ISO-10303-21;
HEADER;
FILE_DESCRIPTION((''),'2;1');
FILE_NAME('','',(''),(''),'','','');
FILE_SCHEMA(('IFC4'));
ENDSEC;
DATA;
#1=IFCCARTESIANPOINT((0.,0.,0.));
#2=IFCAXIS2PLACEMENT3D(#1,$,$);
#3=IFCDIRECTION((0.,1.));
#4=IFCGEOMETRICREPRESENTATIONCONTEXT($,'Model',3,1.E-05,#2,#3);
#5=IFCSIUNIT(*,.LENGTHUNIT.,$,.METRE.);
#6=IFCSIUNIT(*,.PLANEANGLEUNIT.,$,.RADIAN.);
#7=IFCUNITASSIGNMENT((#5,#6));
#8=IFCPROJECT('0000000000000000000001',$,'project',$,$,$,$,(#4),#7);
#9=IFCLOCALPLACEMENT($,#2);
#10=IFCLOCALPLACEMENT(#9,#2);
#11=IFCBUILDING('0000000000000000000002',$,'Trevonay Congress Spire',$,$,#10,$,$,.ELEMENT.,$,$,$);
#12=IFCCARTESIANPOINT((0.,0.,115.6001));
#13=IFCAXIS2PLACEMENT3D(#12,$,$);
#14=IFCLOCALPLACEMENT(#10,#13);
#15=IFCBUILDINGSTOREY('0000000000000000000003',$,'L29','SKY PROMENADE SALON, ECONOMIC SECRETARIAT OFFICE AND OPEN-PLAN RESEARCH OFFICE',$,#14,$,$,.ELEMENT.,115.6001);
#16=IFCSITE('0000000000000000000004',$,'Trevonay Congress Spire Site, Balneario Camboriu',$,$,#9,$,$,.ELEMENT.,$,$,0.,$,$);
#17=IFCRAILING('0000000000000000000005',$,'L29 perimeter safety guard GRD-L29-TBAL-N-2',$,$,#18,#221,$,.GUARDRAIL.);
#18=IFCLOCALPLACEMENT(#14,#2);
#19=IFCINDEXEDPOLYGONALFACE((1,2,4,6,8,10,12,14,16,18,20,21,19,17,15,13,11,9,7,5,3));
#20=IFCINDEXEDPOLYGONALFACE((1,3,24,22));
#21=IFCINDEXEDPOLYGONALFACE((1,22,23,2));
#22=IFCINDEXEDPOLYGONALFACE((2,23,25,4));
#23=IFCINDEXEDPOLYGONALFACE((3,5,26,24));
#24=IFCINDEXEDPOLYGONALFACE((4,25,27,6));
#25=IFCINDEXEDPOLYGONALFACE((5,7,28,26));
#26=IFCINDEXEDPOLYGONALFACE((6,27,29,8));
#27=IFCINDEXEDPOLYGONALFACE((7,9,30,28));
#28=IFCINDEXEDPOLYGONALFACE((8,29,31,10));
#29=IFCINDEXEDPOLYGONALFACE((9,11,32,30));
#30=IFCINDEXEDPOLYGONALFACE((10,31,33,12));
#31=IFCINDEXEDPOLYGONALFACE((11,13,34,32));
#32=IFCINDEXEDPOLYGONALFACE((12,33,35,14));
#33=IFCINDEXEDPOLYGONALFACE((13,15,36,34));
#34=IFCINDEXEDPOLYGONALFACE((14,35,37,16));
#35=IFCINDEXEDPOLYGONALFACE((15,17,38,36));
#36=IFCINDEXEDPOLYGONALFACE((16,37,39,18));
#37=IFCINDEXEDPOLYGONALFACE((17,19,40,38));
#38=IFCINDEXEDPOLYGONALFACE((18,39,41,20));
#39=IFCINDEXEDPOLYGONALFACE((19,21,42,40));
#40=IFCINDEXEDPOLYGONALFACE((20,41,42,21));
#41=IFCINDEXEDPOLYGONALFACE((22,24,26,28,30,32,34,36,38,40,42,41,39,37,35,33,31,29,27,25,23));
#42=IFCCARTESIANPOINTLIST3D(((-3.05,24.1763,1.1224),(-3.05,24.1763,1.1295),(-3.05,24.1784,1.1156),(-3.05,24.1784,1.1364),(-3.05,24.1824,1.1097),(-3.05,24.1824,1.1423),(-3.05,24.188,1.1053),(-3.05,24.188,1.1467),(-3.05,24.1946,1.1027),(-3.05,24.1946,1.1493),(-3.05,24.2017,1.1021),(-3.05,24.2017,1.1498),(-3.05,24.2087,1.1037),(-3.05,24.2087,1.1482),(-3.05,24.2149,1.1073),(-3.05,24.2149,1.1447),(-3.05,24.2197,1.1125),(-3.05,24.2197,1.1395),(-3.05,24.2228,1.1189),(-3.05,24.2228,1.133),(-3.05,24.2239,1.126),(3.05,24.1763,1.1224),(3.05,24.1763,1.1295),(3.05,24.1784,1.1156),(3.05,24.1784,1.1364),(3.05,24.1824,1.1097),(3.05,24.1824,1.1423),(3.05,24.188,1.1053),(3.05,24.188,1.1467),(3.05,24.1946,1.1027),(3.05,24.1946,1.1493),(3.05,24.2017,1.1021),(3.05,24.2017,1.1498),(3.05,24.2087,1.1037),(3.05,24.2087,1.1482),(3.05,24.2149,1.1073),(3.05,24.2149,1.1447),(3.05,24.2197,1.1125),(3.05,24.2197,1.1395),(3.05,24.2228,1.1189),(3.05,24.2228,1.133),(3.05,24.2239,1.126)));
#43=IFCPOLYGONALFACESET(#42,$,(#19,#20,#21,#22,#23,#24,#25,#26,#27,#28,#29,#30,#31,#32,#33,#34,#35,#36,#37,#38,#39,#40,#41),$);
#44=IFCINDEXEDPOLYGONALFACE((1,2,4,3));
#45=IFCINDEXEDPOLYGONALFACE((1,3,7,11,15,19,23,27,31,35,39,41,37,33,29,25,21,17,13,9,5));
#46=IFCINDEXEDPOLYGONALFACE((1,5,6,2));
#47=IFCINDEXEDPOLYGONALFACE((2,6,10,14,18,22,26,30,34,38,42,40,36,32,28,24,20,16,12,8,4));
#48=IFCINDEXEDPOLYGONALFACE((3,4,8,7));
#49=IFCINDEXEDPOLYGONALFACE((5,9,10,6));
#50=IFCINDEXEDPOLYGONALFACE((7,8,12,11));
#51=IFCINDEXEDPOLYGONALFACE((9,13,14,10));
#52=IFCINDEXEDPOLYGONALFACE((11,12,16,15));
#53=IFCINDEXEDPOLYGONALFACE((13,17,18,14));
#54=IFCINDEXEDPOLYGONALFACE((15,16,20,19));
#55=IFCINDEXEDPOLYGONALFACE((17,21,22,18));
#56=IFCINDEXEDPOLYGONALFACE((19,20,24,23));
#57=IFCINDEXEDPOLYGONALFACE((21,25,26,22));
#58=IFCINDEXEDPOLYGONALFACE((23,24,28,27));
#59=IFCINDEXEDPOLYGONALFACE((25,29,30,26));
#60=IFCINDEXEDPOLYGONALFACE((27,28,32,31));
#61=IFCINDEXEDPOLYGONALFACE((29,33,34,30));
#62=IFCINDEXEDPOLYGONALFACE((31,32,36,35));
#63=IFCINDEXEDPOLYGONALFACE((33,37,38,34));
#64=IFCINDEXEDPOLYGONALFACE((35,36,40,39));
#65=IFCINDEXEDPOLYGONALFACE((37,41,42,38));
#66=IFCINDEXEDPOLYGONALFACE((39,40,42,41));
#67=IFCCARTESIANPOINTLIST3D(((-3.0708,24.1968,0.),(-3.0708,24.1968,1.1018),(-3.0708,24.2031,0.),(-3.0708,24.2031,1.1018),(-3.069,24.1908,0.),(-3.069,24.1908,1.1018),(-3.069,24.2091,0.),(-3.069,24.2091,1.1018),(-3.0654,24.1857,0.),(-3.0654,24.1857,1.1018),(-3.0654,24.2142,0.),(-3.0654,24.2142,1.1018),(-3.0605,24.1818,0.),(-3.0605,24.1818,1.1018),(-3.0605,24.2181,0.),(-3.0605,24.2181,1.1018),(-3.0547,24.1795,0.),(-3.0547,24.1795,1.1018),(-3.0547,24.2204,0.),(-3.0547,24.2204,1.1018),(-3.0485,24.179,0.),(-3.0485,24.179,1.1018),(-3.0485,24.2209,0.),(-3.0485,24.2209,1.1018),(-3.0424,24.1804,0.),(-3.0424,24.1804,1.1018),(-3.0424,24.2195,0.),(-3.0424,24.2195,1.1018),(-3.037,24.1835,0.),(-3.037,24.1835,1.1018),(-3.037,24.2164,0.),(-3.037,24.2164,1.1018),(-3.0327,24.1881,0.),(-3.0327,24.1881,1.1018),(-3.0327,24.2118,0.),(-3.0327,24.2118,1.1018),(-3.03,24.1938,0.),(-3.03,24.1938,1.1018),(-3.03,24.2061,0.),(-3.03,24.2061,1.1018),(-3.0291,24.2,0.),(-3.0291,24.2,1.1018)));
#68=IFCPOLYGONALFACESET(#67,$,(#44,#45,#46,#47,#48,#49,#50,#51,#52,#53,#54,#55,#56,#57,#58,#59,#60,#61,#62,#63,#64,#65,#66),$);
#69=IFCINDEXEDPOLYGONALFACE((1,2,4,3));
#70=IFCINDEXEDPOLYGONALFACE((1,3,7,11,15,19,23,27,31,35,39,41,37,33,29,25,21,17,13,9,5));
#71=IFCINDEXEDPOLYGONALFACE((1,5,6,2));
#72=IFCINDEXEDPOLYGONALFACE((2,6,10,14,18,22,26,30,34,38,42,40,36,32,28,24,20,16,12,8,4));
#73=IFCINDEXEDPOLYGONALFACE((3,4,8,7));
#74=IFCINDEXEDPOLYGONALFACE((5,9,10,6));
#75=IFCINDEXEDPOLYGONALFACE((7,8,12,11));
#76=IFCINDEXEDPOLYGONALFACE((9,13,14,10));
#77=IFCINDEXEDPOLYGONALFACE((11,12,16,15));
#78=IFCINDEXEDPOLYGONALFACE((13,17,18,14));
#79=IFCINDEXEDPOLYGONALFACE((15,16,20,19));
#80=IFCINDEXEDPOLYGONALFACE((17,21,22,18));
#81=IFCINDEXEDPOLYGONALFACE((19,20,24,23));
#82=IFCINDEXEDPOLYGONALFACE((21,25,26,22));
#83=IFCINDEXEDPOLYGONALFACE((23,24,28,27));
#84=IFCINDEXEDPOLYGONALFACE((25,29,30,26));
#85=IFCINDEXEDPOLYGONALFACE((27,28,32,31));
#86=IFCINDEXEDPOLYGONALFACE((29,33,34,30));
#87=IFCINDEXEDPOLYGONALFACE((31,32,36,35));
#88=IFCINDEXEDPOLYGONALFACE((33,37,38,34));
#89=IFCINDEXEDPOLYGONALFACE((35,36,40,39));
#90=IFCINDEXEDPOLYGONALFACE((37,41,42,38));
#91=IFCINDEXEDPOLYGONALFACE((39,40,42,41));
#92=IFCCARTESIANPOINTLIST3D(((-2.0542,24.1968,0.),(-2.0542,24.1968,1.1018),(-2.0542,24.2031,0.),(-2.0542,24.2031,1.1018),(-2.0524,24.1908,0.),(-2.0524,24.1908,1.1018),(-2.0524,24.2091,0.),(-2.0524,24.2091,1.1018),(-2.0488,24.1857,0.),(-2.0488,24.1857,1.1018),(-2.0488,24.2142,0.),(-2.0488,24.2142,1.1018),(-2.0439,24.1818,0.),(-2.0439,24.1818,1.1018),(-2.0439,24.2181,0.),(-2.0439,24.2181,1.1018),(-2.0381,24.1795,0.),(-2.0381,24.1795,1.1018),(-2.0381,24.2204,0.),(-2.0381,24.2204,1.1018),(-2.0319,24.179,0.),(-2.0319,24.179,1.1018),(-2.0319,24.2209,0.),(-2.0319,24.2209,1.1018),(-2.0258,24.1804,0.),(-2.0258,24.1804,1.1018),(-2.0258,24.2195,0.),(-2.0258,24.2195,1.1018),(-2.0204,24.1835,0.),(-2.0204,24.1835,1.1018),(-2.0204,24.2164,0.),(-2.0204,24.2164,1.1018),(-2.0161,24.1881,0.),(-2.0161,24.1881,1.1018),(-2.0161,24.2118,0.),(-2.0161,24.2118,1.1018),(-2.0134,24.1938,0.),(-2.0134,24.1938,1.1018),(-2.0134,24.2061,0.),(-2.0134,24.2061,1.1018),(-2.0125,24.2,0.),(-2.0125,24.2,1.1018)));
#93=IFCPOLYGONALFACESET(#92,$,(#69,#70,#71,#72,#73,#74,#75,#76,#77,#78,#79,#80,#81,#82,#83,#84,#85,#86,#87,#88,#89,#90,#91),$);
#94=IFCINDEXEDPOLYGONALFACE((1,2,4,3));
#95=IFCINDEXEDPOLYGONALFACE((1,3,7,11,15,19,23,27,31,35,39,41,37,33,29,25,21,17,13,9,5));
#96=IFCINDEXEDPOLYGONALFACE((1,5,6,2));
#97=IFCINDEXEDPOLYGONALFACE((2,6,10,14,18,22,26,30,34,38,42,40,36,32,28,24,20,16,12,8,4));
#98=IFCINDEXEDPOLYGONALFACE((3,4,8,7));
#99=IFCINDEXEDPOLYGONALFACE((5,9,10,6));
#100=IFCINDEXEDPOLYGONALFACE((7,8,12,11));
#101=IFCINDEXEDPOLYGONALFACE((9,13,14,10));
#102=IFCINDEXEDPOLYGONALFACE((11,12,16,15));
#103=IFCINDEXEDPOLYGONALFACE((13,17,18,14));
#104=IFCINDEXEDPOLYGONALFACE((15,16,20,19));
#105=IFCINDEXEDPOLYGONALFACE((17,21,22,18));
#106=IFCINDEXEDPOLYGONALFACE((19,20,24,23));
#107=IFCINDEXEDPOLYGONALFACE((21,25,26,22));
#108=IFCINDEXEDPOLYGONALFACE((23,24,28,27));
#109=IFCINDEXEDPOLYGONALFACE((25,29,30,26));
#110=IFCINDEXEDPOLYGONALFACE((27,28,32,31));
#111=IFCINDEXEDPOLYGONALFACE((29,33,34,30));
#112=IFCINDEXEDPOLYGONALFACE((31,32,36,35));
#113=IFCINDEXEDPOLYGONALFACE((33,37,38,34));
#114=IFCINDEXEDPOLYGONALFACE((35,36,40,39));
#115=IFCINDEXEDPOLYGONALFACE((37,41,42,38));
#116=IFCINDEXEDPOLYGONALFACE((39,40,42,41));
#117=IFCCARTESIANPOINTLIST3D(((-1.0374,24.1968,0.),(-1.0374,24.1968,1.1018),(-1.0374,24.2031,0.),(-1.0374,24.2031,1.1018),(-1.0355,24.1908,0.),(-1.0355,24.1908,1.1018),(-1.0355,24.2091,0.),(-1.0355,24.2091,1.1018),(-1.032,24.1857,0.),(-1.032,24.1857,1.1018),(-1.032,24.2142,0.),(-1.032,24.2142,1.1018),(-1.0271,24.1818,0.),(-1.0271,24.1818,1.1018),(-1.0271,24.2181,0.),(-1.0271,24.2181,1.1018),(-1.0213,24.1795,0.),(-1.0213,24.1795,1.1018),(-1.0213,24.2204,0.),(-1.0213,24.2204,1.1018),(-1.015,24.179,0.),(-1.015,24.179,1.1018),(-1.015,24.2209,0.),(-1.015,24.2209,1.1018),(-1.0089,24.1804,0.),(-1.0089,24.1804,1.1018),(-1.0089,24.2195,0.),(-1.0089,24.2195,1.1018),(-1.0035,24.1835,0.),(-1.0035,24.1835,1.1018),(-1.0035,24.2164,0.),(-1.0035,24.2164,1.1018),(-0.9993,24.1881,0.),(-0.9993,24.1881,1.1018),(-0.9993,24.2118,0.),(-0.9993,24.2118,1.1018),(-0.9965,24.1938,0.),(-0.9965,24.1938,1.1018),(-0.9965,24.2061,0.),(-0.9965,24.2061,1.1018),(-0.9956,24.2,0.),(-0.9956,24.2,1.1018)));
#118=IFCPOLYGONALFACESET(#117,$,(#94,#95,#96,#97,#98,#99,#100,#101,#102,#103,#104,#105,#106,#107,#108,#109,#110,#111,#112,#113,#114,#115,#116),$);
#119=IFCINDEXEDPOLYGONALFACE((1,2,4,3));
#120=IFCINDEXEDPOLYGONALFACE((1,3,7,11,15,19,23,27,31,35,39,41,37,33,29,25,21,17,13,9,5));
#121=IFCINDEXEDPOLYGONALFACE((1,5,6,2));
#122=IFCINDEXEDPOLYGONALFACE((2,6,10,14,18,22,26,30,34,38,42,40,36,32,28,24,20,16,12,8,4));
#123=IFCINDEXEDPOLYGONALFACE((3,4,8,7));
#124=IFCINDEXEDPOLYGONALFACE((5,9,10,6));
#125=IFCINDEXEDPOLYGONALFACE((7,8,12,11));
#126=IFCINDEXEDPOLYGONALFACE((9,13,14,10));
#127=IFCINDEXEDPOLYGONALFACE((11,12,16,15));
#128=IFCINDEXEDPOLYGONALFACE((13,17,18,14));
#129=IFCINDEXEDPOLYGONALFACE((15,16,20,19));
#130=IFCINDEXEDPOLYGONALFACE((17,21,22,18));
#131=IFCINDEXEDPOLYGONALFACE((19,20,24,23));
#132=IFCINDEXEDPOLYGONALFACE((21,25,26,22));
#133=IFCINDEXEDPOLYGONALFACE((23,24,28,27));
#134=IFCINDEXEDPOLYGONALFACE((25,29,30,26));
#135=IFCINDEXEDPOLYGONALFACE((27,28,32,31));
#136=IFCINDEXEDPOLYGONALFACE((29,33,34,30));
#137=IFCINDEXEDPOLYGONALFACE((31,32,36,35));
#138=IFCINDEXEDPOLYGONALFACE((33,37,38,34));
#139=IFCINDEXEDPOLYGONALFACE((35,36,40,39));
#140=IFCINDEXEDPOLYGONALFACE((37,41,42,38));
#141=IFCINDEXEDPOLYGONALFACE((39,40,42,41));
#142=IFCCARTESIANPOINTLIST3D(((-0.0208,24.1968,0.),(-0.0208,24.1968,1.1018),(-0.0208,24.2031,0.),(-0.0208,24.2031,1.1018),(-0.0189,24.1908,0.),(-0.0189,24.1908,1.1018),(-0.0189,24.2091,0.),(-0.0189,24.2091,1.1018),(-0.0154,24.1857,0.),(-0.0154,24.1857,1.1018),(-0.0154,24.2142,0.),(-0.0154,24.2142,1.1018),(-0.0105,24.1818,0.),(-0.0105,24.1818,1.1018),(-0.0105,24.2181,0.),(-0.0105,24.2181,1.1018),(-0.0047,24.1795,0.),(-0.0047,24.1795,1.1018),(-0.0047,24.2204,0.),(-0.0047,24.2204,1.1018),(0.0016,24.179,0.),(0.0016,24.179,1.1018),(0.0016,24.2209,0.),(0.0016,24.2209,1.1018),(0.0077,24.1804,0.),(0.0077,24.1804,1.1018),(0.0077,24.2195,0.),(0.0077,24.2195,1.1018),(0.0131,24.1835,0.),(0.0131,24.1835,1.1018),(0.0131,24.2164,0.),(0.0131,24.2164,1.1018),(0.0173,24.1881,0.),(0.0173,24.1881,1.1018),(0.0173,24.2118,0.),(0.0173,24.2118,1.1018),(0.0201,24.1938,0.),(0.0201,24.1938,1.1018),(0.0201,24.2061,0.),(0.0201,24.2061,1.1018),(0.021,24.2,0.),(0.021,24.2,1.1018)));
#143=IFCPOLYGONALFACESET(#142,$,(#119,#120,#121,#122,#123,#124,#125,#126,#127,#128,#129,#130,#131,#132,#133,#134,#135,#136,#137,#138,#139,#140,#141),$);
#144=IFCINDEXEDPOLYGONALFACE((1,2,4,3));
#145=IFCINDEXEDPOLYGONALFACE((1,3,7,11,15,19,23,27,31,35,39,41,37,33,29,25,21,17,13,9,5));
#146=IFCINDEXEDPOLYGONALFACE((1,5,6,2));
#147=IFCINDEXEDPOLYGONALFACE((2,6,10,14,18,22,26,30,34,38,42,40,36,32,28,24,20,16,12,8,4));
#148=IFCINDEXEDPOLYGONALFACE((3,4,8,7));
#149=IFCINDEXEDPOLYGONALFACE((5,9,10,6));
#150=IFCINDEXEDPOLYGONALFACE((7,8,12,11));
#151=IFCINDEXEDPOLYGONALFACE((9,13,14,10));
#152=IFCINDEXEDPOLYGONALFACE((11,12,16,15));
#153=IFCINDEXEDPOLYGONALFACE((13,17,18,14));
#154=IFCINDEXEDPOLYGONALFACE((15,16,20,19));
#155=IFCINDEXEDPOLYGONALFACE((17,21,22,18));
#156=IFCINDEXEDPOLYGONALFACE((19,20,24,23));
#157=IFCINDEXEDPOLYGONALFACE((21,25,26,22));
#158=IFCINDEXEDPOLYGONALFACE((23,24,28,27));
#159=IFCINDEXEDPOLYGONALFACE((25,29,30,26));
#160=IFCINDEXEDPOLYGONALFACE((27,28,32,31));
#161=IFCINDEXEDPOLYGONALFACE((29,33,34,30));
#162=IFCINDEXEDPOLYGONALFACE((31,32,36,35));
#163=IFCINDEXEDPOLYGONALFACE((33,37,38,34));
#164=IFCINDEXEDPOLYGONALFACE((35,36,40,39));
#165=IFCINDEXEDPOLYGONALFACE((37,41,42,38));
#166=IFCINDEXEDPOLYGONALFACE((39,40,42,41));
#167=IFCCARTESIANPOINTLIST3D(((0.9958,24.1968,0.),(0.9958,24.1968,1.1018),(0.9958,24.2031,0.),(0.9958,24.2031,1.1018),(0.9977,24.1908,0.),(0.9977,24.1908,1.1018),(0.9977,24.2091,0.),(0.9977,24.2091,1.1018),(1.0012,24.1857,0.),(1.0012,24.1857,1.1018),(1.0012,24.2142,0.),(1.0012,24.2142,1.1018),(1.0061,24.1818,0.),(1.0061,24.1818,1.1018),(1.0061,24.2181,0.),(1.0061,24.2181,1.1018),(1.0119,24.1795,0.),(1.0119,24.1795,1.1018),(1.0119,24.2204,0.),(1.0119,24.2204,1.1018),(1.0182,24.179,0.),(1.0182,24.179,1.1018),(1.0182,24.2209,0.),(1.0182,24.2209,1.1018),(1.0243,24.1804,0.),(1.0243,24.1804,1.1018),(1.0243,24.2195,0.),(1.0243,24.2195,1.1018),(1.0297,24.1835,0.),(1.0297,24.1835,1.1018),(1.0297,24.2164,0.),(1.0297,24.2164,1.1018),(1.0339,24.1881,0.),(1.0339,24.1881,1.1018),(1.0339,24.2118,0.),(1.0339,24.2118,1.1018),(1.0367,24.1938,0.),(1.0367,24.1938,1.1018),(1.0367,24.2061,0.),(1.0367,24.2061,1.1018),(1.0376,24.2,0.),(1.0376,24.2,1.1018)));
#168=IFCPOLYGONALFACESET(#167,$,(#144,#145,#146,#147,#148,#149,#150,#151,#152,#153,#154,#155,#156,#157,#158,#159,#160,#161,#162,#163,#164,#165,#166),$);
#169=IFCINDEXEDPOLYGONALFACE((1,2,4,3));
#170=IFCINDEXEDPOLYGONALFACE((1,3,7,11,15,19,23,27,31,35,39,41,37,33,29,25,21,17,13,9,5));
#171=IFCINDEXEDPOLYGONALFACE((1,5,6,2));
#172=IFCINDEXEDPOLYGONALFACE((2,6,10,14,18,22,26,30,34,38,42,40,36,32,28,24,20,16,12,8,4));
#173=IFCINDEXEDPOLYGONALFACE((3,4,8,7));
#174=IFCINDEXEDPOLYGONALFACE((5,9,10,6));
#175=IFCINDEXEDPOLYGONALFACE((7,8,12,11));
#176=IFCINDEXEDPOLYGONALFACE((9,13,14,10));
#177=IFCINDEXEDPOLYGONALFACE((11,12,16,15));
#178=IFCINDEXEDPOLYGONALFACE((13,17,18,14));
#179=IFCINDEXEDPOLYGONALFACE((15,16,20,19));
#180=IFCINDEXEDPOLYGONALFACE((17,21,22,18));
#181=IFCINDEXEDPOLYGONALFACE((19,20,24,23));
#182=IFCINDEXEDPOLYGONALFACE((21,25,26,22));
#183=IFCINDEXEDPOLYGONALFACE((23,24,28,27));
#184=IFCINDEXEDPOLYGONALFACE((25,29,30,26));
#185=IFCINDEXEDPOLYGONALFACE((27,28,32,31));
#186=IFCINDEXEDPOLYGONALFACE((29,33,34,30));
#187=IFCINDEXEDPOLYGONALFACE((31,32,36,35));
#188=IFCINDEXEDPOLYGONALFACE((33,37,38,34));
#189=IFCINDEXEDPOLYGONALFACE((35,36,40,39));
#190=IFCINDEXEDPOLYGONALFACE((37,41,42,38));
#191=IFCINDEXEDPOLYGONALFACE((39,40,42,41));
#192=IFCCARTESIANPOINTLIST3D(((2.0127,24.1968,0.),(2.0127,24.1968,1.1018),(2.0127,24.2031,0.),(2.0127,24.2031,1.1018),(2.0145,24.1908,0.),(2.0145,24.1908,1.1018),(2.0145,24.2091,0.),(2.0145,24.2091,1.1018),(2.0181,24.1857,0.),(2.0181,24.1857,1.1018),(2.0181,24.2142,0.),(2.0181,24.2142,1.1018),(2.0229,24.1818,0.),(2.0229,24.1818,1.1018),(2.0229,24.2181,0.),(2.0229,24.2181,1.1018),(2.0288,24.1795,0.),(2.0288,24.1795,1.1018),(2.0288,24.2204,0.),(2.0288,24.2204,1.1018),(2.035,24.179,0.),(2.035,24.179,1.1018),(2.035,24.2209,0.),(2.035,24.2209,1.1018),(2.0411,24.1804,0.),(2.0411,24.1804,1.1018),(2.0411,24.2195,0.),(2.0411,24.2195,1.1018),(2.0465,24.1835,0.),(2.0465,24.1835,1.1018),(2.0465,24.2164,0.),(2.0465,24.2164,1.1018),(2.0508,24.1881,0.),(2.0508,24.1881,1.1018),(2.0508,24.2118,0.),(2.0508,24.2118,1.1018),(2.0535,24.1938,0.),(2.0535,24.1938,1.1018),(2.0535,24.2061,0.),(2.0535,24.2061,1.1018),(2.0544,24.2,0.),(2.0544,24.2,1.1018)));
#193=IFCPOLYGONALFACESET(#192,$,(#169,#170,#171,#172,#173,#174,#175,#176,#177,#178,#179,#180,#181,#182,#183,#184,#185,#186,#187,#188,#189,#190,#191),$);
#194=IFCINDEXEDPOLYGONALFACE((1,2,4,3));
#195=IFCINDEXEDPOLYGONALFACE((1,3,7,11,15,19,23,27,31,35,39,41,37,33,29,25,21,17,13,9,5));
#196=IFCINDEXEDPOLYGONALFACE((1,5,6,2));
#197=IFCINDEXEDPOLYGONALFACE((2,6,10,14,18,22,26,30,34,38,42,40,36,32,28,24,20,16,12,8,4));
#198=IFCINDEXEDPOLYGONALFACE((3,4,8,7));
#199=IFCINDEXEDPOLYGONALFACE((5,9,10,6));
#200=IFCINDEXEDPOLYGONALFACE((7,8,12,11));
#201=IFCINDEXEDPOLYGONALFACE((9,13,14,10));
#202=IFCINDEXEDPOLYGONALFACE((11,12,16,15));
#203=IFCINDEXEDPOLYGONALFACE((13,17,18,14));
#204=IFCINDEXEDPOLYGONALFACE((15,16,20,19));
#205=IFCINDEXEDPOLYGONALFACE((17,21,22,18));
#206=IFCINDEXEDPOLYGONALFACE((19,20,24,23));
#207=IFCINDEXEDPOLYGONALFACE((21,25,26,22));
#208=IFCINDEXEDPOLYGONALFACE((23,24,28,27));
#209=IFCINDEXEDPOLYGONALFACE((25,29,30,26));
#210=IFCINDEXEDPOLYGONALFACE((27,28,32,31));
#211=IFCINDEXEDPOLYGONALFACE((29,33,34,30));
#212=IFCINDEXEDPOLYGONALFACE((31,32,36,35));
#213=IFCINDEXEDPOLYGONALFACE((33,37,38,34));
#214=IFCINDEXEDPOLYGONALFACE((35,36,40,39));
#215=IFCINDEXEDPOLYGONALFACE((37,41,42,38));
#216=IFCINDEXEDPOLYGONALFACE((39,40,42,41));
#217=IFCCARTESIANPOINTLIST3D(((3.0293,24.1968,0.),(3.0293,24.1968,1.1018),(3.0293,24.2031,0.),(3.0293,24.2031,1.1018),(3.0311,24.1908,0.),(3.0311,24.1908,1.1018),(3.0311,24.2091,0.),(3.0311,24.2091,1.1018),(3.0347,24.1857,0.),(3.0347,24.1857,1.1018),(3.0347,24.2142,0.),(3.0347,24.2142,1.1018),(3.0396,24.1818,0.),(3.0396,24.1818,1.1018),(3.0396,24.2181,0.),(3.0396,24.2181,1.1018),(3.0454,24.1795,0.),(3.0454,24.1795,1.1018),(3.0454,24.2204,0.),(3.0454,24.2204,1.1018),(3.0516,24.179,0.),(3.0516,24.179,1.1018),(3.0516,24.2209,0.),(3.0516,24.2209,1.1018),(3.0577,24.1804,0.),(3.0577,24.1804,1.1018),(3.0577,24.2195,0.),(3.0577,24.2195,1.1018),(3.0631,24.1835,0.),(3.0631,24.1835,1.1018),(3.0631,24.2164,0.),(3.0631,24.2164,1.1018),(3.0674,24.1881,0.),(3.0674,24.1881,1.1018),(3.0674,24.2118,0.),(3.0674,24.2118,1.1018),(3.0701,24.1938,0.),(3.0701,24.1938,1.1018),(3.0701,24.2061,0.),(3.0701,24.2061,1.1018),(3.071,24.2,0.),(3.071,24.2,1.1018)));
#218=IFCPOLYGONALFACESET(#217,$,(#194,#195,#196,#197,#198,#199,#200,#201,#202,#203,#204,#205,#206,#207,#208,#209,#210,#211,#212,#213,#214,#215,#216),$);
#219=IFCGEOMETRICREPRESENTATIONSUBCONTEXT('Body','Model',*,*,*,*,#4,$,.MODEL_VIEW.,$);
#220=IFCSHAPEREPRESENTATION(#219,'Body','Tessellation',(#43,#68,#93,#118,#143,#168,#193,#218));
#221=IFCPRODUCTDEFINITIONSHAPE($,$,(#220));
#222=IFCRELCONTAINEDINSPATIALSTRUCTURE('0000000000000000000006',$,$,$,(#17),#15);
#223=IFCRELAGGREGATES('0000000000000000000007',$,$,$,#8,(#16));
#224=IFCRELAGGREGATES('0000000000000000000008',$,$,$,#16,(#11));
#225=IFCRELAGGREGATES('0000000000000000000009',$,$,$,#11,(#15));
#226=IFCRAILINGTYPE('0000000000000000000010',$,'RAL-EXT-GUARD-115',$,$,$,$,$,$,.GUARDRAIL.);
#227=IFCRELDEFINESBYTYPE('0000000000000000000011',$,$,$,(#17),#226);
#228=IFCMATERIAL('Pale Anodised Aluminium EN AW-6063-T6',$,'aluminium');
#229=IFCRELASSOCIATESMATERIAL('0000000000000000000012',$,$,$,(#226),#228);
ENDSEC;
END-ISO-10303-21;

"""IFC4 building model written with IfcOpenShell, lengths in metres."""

from ifc_helpers import new_model, si_unit, direction, frame, origin, origin_2d, place, context, subcontext, project, spatial, circle, extrude, material, type_object, element, save


model = new_model("IFC4")

# Units and contexts
model_context = context("Model", 3, precision=1e-05, world=origin(), true_north=direction((0.0, 1.0)))
body_context = subcontext(model_context, "Body", "Model", "MODEL_VIEW")
ifc_project = project(units=[si_unit("LENGTHUNIT", "METRE"), si_unit("PLANEANGLEUNIT", "RADIAN")], contexts=[model_context])

# Site, building, storey
site_placement = place(None, origin())
site = spatial("IfcSite", under=ifc_project, at=site_placement, Name="Trevonay Congress Spire Site, Balneario Camboriu", CompositionType="ELEMENT", RefElevation=0.0)
building_placement = place(site_placement, origin())
building = spatial("IfcBuilding", under=site, at=building_placement, Name="Trevonay Congress Spire", CompositionType="ELEMENT")
storey_placement = place(building_placement, frame((0.0, 0.0, 115.6001)))
storey = spatial("IfcBuildingStorey", under=building, at=storey_placement, Name="L29", Description="SKY PROMENADE SALON, ECONOMIC SECRETARIAT OFFICE AND OPEN-PLAN RESEARCH OFFICE", CompositionType="ELEMENT", Elevation=115.6001)

# Shared definitions
ifc_material_1 = material(Name="Pale Anodised Aluminium EN AW-6063-T6", Category="aluminium")

# Railing
railing_type = type_object("IfcRailingType", Name="RAL-EXT-GUARD-115", PredefinedType="GUARDRAIL", material=ifc_material_1)
railing_1_placement = place(storey_placement, frame((-3.05, 24.2, 0.0)))
element("IfcRailing", 1, at=railing_1_placement, inside=storey, type_object=railing_type, Name="L29 perimeter safety guard GRD-L29-TBAL-N-2", PredefinedType="GUARDRAIL", context=body_context, shape_type="SweptSolid", body=[
    extrude(circle(Radius=0.0239, at=origin_2d()), frame((0.0, 0.0, 1.126), z_axis=(1.0, 0.0, 0.0), x_axis=(0.0, 1.0, 0.0)), (0.0, 0.0, 1.0), 6.1001),
    extrude(circle(Radius=0.021, at=origin_2d()), origin(), (0.0, 0.0, 1.0), 1.1018),
    extrude(circle(Radius=0.021, at=origin_2d()), frame((1.0166, 0.0, 0.0)), (0.0, 0.0, 1.0), 1.1018),
    extrude(circle(Radius=0.021, at=origin_2d()), frame((2.0334, 0.0, 0.0)), (0.0, 0.0, 1.0), 1.1018),
    extrude(circle(Radius=0.021, at=origin_2d()), frame((3.05, 0.0, 0.0)), (0.0, 0.0, 1.0), 1.1018),
    extrude(circle(Radius=0.021, at=origin_2d()), frame((4.0667, 0.0, 0.0)), (0.0, 0.0, 1.0), 1.1018),
    extrude(circle(Radius=0.021, at=origin_2d()), frame((5.0835, 0.0, 0.0)), (0.0, 0.0, 1.0), 1.1018),
    extrude(circle(Radius=0.021, at=origin_2d()), frame((6.1001, 0.0, 0.0)), (0.0, 0.0, 1.0), 1.1018),
])

save(model, "model.ifc")
